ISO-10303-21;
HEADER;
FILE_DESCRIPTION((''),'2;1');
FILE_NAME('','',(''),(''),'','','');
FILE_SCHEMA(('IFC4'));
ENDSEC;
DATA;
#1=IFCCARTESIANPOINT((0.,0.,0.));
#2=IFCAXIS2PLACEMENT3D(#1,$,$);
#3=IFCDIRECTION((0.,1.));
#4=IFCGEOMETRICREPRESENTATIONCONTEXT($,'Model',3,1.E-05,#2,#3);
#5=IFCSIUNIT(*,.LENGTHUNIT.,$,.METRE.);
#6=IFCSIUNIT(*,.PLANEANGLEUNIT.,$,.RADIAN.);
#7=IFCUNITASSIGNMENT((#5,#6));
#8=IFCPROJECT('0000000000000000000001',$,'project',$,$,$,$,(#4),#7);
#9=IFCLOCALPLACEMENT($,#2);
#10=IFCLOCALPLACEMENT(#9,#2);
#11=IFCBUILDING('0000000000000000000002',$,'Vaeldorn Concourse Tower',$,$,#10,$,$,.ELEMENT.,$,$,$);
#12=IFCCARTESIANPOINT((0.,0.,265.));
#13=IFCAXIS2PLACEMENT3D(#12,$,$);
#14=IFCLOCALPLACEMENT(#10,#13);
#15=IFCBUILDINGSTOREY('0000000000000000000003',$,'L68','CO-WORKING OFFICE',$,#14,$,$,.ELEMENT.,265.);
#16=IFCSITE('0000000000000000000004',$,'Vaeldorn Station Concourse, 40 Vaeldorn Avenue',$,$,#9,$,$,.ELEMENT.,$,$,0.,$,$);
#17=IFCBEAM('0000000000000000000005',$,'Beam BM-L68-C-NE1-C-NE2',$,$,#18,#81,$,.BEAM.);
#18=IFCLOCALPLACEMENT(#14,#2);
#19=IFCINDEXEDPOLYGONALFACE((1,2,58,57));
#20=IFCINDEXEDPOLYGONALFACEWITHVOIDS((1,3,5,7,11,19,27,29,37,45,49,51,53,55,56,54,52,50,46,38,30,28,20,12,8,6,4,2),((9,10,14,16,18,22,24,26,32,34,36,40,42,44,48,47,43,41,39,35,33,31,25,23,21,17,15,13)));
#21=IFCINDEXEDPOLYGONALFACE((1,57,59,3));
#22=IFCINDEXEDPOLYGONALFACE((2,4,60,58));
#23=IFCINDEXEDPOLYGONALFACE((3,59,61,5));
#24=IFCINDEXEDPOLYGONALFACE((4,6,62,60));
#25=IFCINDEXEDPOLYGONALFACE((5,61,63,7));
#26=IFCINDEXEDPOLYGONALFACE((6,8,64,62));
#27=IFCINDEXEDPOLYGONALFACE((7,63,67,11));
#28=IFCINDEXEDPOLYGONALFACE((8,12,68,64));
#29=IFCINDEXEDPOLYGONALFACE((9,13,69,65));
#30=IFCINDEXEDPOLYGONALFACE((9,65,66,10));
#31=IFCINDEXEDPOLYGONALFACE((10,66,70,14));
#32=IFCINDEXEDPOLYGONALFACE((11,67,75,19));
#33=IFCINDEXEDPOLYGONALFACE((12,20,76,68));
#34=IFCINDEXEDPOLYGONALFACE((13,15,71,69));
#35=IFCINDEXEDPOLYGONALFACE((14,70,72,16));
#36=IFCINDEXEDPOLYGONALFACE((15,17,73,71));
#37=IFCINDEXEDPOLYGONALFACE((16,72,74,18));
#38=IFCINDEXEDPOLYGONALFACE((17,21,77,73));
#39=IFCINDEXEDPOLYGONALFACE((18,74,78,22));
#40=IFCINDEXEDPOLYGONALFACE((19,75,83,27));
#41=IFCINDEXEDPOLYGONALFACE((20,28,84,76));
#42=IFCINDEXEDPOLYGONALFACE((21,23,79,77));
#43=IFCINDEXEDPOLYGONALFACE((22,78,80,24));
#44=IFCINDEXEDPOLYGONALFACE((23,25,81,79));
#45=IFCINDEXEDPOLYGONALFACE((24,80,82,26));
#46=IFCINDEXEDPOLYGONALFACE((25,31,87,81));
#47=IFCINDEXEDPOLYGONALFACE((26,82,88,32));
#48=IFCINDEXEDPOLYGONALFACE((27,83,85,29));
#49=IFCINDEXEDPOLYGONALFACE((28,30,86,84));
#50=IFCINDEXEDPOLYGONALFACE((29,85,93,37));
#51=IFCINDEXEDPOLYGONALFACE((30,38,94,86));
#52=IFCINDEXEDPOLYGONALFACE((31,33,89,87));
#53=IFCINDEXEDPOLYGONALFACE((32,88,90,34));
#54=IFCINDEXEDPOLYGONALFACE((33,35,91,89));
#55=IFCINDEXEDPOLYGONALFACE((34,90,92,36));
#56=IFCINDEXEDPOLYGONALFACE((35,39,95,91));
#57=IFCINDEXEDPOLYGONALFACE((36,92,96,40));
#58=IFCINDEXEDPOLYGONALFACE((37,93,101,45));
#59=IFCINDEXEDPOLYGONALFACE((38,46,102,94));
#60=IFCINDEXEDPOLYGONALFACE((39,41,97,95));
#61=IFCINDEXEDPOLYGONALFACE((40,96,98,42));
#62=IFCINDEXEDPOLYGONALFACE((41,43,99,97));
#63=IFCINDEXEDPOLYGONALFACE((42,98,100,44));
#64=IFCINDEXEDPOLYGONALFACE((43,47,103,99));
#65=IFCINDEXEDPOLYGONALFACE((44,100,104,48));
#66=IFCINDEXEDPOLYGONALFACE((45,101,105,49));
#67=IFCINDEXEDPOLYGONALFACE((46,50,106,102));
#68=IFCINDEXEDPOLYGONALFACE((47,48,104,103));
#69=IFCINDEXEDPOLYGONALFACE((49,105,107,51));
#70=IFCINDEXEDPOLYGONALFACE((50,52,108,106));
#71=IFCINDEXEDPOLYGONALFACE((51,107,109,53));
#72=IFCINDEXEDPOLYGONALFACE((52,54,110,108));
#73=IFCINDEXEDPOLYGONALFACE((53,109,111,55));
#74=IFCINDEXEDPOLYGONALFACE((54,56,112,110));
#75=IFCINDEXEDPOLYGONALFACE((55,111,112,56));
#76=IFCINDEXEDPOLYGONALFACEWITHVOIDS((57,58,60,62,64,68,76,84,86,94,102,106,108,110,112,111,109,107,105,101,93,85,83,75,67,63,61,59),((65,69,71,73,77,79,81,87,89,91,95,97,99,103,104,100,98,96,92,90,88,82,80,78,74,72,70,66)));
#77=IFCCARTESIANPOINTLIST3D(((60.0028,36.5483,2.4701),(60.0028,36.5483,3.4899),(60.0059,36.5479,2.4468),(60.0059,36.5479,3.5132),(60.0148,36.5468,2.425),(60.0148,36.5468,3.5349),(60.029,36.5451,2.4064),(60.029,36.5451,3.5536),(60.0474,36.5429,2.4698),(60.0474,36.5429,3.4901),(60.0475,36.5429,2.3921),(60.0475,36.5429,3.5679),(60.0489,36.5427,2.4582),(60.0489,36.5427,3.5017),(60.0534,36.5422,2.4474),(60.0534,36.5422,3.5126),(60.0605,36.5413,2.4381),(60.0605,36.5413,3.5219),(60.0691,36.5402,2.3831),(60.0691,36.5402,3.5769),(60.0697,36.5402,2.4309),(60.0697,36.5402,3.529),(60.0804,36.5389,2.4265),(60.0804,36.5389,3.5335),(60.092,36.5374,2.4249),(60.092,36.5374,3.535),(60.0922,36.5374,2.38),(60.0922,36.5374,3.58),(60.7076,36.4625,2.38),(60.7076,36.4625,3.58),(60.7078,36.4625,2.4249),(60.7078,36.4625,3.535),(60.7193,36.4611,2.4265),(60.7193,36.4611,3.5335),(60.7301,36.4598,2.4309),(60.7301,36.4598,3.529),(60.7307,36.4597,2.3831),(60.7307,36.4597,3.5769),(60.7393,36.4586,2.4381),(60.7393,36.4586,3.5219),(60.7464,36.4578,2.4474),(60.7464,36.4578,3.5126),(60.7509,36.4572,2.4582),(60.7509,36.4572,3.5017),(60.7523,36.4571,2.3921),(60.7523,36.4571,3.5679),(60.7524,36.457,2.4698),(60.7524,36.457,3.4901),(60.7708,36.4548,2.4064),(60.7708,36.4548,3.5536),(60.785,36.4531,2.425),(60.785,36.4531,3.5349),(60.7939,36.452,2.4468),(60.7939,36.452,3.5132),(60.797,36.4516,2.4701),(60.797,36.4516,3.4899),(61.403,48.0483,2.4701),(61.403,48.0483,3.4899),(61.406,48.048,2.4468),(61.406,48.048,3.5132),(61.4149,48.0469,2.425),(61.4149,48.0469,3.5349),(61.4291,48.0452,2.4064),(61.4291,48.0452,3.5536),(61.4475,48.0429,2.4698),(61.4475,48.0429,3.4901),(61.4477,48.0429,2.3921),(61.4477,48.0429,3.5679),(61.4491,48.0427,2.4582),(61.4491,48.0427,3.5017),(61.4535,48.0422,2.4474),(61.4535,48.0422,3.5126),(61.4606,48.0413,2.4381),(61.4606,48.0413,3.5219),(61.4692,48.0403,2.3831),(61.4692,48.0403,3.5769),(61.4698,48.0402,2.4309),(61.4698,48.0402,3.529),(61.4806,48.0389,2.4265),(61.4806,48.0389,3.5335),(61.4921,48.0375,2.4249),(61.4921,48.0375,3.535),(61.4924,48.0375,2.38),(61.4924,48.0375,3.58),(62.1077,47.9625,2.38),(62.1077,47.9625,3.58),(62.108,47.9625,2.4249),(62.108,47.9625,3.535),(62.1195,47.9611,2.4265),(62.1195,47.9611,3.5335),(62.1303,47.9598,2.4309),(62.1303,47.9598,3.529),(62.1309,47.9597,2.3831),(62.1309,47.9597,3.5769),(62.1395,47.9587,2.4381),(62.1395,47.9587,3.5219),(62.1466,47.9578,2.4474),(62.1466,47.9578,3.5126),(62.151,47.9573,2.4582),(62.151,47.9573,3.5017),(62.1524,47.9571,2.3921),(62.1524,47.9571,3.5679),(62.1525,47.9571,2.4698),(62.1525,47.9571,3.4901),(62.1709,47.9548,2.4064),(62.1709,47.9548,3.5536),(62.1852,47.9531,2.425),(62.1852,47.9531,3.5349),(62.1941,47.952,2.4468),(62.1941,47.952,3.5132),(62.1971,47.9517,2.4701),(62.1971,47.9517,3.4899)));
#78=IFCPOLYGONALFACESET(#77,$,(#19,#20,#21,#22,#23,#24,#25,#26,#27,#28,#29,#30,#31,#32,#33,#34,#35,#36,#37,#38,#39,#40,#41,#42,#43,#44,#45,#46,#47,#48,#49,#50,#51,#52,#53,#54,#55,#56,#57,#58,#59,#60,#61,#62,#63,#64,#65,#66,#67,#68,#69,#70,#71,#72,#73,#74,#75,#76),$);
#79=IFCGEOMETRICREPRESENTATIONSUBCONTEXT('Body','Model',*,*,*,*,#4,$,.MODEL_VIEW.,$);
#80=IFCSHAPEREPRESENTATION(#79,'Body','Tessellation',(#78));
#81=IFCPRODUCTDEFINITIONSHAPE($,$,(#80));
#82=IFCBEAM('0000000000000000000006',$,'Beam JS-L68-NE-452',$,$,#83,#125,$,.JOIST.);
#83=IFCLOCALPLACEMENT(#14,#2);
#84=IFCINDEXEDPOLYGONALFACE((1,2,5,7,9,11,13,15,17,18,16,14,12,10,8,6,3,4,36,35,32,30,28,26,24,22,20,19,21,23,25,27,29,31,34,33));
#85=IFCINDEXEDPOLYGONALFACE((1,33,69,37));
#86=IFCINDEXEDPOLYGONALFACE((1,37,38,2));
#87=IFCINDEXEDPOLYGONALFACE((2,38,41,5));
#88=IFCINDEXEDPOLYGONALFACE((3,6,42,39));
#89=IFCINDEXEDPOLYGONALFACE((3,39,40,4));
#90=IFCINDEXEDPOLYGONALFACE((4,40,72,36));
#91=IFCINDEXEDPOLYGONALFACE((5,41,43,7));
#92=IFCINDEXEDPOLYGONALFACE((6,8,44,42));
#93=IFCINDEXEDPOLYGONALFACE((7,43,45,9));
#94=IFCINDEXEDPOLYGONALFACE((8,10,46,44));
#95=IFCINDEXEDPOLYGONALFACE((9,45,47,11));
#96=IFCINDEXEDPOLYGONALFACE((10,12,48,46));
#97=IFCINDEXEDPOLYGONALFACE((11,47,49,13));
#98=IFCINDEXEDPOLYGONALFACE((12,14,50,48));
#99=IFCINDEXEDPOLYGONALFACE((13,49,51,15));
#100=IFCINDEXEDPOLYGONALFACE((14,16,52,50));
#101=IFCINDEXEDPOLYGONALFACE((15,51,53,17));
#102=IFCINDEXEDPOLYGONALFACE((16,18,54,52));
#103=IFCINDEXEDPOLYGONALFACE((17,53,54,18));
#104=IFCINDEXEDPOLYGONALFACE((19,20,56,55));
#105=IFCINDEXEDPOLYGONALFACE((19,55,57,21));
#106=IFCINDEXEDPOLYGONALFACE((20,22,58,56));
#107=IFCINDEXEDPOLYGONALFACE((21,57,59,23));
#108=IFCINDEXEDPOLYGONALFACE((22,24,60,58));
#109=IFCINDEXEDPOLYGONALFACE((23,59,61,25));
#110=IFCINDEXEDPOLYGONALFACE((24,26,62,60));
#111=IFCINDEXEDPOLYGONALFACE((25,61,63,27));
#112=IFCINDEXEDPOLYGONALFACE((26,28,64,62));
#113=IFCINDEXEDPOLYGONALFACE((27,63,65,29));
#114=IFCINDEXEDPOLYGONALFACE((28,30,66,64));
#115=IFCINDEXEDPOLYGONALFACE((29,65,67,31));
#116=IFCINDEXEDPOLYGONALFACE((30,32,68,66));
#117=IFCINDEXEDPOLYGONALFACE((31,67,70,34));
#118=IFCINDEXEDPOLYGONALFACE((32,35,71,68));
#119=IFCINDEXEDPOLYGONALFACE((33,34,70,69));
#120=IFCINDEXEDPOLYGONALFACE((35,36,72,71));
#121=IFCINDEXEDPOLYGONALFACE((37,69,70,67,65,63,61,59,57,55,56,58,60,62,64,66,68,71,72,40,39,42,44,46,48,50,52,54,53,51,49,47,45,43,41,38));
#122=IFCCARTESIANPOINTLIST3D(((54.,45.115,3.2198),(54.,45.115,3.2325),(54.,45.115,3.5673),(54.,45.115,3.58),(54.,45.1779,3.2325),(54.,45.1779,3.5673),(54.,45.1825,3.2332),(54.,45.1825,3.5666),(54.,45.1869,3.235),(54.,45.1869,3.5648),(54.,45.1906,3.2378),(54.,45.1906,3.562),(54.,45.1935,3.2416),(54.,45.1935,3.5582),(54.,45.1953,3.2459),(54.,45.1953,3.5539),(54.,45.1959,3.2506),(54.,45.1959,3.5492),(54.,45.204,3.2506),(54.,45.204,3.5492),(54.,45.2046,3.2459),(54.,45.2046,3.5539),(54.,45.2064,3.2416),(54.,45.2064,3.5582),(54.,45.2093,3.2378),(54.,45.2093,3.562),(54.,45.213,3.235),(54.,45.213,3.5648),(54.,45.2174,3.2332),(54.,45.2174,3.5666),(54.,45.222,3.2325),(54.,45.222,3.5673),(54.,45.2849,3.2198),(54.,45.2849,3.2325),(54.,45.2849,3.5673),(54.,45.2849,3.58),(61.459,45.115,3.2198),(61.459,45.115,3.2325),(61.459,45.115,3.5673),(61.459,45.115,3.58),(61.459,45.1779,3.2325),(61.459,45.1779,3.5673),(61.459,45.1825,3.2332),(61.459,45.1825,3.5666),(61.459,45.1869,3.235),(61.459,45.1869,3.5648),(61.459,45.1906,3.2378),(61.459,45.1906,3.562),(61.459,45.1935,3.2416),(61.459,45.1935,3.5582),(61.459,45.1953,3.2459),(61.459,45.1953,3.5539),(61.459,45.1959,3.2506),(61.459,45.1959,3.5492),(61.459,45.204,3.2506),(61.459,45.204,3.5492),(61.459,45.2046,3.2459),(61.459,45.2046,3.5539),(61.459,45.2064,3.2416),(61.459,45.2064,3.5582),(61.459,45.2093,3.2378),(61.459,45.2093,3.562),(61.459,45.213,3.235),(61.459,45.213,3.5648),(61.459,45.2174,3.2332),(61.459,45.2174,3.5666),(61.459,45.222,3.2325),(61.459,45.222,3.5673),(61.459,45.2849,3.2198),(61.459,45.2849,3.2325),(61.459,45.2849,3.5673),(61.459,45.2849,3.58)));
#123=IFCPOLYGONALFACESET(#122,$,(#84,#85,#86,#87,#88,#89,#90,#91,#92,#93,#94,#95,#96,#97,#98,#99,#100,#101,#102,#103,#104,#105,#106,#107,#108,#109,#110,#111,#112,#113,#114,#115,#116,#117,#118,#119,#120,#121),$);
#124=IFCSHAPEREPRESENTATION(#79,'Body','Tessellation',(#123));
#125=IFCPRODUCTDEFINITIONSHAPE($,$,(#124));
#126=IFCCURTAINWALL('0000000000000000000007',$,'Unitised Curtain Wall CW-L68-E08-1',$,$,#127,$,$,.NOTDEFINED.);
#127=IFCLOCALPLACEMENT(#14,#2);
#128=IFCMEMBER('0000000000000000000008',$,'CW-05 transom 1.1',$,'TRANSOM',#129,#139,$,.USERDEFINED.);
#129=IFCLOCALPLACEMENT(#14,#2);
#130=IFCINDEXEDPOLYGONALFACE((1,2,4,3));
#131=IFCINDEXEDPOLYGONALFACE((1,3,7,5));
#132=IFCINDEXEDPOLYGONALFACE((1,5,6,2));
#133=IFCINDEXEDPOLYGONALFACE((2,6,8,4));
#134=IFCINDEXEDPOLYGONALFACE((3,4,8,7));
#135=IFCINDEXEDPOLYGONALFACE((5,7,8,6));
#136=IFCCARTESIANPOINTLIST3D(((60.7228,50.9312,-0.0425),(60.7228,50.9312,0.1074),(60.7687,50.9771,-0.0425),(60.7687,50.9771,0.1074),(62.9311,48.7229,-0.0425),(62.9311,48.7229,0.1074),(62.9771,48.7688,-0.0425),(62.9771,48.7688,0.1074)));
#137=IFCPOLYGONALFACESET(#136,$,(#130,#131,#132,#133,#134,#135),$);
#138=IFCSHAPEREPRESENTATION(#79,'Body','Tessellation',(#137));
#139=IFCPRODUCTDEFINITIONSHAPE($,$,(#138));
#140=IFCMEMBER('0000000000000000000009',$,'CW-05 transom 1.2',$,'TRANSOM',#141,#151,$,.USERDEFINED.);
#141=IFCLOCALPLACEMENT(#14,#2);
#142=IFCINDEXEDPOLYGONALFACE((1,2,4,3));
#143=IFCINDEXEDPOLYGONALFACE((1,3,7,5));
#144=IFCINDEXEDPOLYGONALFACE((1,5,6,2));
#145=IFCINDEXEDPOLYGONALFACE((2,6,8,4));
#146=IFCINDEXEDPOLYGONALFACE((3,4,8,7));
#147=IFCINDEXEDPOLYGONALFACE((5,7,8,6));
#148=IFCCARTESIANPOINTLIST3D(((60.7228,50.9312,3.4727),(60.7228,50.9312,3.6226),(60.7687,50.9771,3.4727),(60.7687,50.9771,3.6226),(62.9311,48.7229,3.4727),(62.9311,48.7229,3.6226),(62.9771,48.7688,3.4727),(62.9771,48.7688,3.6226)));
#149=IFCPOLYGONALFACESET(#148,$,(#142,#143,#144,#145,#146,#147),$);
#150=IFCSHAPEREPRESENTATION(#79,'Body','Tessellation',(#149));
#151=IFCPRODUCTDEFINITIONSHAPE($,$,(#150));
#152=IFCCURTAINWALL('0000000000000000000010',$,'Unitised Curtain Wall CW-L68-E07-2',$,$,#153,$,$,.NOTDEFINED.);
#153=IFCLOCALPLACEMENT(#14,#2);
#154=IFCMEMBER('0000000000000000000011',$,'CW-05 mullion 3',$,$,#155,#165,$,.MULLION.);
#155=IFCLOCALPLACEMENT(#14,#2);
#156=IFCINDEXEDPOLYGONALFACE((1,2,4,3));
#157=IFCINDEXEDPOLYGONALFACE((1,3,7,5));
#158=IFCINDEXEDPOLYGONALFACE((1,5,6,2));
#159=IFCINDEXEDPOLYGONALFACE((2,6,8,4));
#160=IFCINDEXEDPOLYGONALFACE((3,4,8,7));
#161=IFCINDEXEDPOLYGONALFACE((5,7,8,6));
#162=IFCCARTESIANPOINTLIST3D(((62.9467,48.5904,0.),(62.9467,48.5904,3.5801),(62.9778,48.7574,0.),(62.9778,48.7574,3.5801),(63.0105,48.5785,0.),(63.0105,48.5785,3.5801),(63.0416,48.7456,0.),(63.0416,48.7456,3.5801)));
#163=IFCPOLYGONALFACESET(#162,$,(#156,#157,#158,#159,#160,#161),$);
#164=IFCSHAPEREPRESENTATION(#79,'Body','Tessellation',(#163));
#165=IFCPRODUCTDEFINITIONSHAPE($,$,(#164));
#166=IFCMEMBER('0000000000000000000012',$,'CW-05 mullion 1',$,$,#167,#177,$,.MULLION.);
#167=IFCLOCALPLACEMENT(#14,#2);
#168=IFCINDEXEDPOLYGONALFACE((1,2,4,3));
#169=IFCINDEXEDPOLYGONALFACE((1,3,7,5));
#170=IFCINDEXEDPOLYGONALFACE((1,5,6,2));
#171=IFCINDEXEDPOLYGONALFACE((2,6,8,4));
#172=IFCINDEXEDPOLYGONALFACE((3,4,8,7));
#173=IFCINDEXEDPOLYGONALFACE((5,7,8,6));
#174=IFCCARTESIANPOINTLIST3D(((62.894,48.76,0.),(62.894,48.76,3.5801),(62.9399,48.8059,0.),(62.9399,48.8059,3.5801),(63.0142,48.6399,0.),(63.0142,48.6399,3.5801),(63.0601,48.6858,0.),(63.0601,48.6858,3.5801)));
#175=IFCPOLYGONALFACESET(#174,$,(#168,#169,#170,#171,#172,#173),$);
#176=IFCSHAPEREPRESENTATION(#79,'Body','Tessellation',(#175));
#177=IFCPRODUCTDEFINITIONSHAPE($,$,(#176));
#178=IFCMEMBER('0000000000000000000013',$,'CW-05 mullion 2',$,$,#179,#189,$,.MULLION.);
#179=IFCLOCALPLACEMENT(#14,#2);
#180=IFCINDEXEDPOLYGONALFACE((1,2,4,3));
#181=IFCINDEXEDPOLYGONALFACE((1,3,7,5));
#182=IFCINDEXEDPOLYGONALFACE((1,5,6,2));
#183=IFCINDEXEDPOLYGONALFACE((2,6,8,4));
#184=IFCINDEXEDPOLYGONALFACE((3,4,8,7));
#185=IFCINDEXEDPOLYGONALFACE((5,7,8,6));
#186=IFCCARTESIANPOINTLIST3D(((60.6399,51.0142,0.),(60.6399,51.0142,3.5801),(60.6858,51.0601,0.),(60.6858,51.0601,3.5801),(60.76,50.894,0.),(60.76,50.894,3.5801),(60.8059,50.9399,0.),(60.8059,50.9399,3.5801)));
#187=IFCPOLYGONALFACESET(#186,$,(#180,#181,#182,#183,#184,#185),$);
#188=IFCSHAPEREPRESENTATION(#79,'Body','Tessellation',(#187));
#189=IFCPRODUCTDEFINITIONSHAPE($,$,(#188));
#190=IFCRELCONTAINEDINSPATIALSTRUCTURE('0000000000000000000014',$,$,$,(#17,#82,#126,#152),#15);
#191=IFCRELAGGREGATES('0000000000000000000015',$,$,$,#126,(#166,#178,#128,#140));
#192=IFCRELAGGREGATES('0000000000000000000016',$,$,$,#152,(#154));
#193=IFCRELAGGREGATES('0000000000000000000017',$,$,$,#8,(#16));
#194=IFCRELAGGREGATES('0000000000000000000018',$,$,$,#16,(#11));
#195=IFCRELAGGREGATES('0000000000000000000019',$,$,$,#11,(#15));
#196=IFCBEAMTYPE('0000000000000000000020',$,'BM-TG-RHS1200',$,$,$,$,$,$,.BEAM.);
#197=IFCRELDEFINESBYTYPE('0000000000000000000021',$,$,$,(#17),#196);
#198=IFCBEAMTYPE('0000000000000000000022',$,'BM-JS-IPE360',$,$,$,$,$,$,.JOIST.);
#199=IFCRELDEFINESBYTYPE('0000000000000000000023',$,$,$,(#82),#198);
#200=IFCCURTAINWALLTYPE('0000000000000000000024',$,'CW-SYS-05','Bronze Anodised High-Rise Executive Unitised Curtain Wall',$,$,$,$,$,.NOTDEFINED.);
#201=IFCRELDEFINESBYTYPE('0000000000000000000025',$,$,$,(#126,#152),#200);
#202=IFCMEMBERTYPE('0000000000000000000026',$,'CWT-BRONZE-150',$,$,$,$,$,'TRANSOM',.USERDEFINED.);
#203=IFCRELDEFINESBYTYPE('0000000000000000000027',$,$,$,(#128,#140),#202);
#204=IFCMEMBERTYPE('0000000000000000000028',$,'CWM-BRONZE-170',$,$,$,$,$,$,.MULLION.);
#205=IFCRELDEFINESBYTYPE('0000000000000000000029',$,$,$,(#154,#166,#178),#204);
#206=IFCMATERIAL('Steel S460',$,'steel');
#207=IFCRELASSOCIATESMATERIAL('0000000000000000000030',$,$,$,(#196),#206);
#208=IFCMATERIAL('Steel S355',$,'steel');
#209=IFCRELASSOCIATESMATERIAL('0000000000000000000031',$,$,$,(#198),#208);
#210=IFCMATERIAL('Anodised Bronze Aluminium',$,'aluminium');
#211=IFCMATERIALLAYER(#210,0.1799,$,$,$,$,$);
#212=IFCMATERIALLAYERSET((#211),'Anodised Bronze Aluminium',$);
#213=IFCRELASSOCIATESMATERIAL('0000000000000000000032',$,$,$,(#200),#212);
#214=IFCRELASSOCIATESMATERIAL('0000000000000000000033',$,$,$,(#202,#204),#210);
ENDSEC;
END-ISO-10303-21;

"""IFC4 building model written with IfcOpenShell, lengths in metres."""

from ifc_helpers import new_model, si_unit, direction, frame, origin, origin_2d, place, context, subcontext, project, spatial, rectangle, hollow_rectangle, i_section, extrude, source, transform, mapped, material, layer, layer_set, material_profile, profile_set, type_object, element, aggregate, save


model = new_model("IFC4")

# Units and contexts
model_context = context("Model", 3, precision=1e-05, world=origin(), true_north=direction((0.0, 1.0)))
body_context = subcontext(model_context, "Body", "Model", "MODEL_VIEW")
ifc_project = project(units=[si_unit("LENGTHUNIT", "METRE"), si_unit("PLANEANGLEUNIT", "RADIAN")], contexts=[model_context])

# Site, building, storey
site_placement = place(None, origin())
site = spatial("IfcSite", under=ifc_project, at=site_placement, Name="Vaeldorn Station Concourse, 40 Vaeldorn Avenue", CompositionType="ELEMENT", RefElevation=0.0)
building_placement = place(site_placement, origin())
building = spatial("IfcBuilding", under=site, at=building_placement, Name="Vaeldorn Concourse Tower", CompositionType="ELEMENT")
storey_placement = place(building_placement, frame((0.0, 0.0, 265.0)))
storey = spatial("IfcBuildingStorey", under=building, at=storey_placement, Name="L68", Description="CO-WORKING OFFICE", CompositionType="ELEMENT", Elevation=265.0)

# Shared definitions
ifc_material_1 = material(Name="Steel S460", Category="steel")
ifc_material_2 = material(Name="Steel S355", Category="steel")

# Beams
ifc_material_profile_1 = material_profile(ifc_material_1, hollow_rectangle(XDim=0.8, YDim=1.2, WallThickness=0.0449, InnerFilletRadius=0.0449, OuterFilletRadius=0.0901, at=origin_2d()), Name="RHS 1200x800x45")
ifc_profile_set_1 = profile_set([ifc_material_profile_1], Name="Steel S460")
beam_type_1 = type_object("IfcBeamType", Name="BM-TG-RHS1200", PredefinedType="BEAM", material=ifc_profile_set_1)
shared_shape_1 = source(origin(), body_context, "Body", "SweptSolid", [
    extrude(hollow_rectangle(XDim=0.8, YDim=1.2, WallThickness=0.0449, InnerFilletRadius=0.0449, OuterFilletRadius=0.0901, at=origin_2d()), origin(), (0.0, 0.0, 1.0), 11.585),
])
beam_1_placement = place(storey_placement, frame((61.8, 48.0, 2.98), z_axis=(-0.120859, -0.99267, 0.0), x_axis=(0.99267, -0.120859, 0.0)))
element("IfcBeam", 1, at=beam_1_placement, inside=storey, type_object=beam_type_1, Name="Beam BM-L68-C-NE1-C-NE2", PredefinedType="BEAM", context=body_context, shape_type="MappedRepresentation", body=[
    mapped(shared_shape_1, transform((0.0, 0.0, 0.0), scale=1.0)),
])
ifc_material_profile_2 = material_profile(ifc_material_2, i_section(OverallWidth=0.1699, OverallDepth=0.3601, WebThickness=0.0081, FlangeThickness=0.0127, FilletRadius=0.0181, at=origin_2d()), Name="IPE 360")
ifc_profile_set_2 = profile_set([ifc_material_profile_2], Name="Steel S355")
beam_type_2 = type_object("IfcBeamType", Name="BM-JS-IPE360", PredefinedType="JOIST", material=ifc_profile_set_2)
shared_shape_2 = source(origin(), body_context, "Body", "SweptSolid", [
    extrude(i_section(OverallWidth=0.1699, OverallDepth=0.3601, WebThickness=0.0081, FlangeThickness=0.0127, FilletRadius=0.0181, at=origin_2d()), origin(), (0.0, 0.0, 1.0), 7.459),
])
beam_2_placement = place(storey_placement, frame((54.0, 45.2, 3.3999), z_axis=(1.0, 0.0, 0.0), x_axis=(0.0, 1.0, 0.0)))
element("IfcBeam", 2, at=beam_2_placement, inside=storey, type_object=beam_type_2, Name="Beam JS-L68-NE-452", PredefinedType="JOIST", context=body_context, shape_type="MappedRepresentation", body=[
    mapped(shared_shape_2, transform((0.0, 0.0, 0.0), scale=1.0)),
])

# Curtain wall, members
ifc_material_3 = material(Name="Anodised Bronze Aluminium", Category="aluminium")
ifc_layer_1 = layer(ifc_material_3, 0.1799)
ifc_layer_set_1 = layer_set([ifc_layer_1], Name="Anodised Bronze Aluminium")
curtain_wall_type = type_object("IfcCurtainWallType", Name="CW-SYS-05", Description="Bronze Anodised High-Rise Executive Unitised Curtain Wall", PredefinedType="NOTDEFINED", material=ifc_layer_set_1)
curtain_wall_1_placement = place(storey_placement, origin())
curtain_wall_1 = element("IfcCurtainWall", 3, at=curtain_wall_1_placement, inside=storey, type_object=curtain_wall_type, Name="Unitised Curtain Wall CW-L68-E08-1", PredefinedType="NOTDEFINED")
ifc_material_profile_3 = material_profile(ifc_material_3, rectangle(XDim=0.0649, YDim=0.1499, at=origin_2d()), Name="CWT 65x150")
ifc_profile_set_3 = profile_set([ifc_material_profile_3], Name="Anodised Bronze Aluminium")
member_type_1 = type_object("IfcMemberType", Name="CWT-BRONZE-150", ElementType="TRANSOM", PredefinedType="USERDEFINED", material=ifc_profile_set_3)
shared_shape_3 = source(origin(), body_context, "Body", "SweptSolid", [
    extrude(rectangle(XDim=0.0649, YDim=0.1499, at=origin_2d()), origin(), (0.0, 0.0, 1.0), 3.123),
])
member_1_placement = place(storey_placement, frame((62.9541, 48.7458, 0.0325), z_axis=(-0.707107, 0.707107, 0.0), x_axis=(-0.707107, -0.707107, 0.0)))
member_1 = element("IfcMember", 4, at=member_1_placement, type_object=member_type_1, Name="CW-05 transom 1.1", ObjectType="TRANSOM", PredefinedType="USERDEFINED", context=body_context, shape_type="MappedRepresentation", body=[
    mapped(shared_shape_3, transform((0.0, 0.0, 0.0), scale=1.0)),
])
member_2_placement = place(storey_placement, frame((62.9541, 48.7458, 3.5476), z_axis=(-0.707107, 0.707107, 0.0), x_axis=(-0.707107, -0.707107, 0.0)))
member_2 = element("IfcMember", 5, at=member_2_placement, type_object=member_type_1, Name="CW-05 transom 1.2", ObjectType="TRANSOM", PredefinedType="USERDEFINED", context=body_context, shape_type="MappedRepresentation", body=[
    mapped(shared_shape_3, transform((0.0, 0.0, 0.0), scale=1.0)),
])

# Curtain wall, member
curtain_wall_2_placement = place(storey_placement, origin())
curtain_wall_2 = element("IfcCurtainWall", 6, at=curtain_wall_2_placement, inside=storey, type_object=curtain_wall_type, Name="Unitised Curtain Wall CW-L68-E07-2", PredefinedType="NOTDEFINED")
ifc_material_profile_4 = material_profile(ifc_material_3, rectangle(XDim=0.0649, YDim=0.1699, at=origin_2d()), Name="CWM 65x170")
ifc_profile_set_4 = profile_set([ifc_material_profile_4], Name="Anodised Bronze Aluminium")
member_type_2 = type_object("IfcMemberType", Name="CWM-BRONZE-170", PredefinedType="MULLION", material=ifc_profile_set_4)
shared_shape_4 = source(origin(), body_context, "Body", "SweptSolid", [
    extrude(rectangle(XDim=0.0649, YDim=0.1699, at=origin_2d()), origin(), (0.0, 0.0, 1.0), 3.5801),
])
member_3_placement = place(storey_placement, frame((62.9941, 48.668, 0.0), z_axis=(0.0, 0.0, 1.0), x_axis=(-0.983103, 0.183054, 0.0)))
member_3 = element("IfcMember", 7, at=member_3_placement, type_object=member_type_2, Name="CW-05 mullion 3", PredefinedType="MULLION", context=body_context, shape_type="MappedRepresentation", body=[
    mapped(shared_shape_4, transform((0.0, 0.0, 0.0), scale=1.0)),
])

# Members
member_4_placement = place(storey_placement, frame((62.9771, 48.7229, 0.0), z_axis=(0.0, 0.0, 1.0), x_axis=(-0.707107, -0.707107, 0.0)))
member_4 = element("IfcMember", 8, at=member_4_placement, type_object=member_type_2, Name="CW-05 mullion 1", PredefinedType="MULLION", context=body_context, shape_type="MappedRepresentation", body=[
    mapped(shared_shape_4, transform((0.0, 0.0, 0.0), scale=1.0)),
])
member_5_placement = place(storey_placement, frame((60.7229, 50.9771, 0.0), z_axis=(0.0, 0.0, 1.0), x_axis=(-0.707107, -0.707107, 0.0)))
member_5 = element("IfcMember", 9, at=member_5_placement, type_object=member_type_2, Name="CW-05 mullion 2", PredefinedType="MULLION", context=body_context, shape_type="MappedRepresentation", body=[
    mapped(shared_shape_4, transform((0.0, 0.0, 0.0), scale=1.0)),
])

aggregate(curtain_wall_1, [member_4, member_5, member_1, member_2])
aggregate(curtain_wall_2, [member_3])

save(model, "model.ifc")
